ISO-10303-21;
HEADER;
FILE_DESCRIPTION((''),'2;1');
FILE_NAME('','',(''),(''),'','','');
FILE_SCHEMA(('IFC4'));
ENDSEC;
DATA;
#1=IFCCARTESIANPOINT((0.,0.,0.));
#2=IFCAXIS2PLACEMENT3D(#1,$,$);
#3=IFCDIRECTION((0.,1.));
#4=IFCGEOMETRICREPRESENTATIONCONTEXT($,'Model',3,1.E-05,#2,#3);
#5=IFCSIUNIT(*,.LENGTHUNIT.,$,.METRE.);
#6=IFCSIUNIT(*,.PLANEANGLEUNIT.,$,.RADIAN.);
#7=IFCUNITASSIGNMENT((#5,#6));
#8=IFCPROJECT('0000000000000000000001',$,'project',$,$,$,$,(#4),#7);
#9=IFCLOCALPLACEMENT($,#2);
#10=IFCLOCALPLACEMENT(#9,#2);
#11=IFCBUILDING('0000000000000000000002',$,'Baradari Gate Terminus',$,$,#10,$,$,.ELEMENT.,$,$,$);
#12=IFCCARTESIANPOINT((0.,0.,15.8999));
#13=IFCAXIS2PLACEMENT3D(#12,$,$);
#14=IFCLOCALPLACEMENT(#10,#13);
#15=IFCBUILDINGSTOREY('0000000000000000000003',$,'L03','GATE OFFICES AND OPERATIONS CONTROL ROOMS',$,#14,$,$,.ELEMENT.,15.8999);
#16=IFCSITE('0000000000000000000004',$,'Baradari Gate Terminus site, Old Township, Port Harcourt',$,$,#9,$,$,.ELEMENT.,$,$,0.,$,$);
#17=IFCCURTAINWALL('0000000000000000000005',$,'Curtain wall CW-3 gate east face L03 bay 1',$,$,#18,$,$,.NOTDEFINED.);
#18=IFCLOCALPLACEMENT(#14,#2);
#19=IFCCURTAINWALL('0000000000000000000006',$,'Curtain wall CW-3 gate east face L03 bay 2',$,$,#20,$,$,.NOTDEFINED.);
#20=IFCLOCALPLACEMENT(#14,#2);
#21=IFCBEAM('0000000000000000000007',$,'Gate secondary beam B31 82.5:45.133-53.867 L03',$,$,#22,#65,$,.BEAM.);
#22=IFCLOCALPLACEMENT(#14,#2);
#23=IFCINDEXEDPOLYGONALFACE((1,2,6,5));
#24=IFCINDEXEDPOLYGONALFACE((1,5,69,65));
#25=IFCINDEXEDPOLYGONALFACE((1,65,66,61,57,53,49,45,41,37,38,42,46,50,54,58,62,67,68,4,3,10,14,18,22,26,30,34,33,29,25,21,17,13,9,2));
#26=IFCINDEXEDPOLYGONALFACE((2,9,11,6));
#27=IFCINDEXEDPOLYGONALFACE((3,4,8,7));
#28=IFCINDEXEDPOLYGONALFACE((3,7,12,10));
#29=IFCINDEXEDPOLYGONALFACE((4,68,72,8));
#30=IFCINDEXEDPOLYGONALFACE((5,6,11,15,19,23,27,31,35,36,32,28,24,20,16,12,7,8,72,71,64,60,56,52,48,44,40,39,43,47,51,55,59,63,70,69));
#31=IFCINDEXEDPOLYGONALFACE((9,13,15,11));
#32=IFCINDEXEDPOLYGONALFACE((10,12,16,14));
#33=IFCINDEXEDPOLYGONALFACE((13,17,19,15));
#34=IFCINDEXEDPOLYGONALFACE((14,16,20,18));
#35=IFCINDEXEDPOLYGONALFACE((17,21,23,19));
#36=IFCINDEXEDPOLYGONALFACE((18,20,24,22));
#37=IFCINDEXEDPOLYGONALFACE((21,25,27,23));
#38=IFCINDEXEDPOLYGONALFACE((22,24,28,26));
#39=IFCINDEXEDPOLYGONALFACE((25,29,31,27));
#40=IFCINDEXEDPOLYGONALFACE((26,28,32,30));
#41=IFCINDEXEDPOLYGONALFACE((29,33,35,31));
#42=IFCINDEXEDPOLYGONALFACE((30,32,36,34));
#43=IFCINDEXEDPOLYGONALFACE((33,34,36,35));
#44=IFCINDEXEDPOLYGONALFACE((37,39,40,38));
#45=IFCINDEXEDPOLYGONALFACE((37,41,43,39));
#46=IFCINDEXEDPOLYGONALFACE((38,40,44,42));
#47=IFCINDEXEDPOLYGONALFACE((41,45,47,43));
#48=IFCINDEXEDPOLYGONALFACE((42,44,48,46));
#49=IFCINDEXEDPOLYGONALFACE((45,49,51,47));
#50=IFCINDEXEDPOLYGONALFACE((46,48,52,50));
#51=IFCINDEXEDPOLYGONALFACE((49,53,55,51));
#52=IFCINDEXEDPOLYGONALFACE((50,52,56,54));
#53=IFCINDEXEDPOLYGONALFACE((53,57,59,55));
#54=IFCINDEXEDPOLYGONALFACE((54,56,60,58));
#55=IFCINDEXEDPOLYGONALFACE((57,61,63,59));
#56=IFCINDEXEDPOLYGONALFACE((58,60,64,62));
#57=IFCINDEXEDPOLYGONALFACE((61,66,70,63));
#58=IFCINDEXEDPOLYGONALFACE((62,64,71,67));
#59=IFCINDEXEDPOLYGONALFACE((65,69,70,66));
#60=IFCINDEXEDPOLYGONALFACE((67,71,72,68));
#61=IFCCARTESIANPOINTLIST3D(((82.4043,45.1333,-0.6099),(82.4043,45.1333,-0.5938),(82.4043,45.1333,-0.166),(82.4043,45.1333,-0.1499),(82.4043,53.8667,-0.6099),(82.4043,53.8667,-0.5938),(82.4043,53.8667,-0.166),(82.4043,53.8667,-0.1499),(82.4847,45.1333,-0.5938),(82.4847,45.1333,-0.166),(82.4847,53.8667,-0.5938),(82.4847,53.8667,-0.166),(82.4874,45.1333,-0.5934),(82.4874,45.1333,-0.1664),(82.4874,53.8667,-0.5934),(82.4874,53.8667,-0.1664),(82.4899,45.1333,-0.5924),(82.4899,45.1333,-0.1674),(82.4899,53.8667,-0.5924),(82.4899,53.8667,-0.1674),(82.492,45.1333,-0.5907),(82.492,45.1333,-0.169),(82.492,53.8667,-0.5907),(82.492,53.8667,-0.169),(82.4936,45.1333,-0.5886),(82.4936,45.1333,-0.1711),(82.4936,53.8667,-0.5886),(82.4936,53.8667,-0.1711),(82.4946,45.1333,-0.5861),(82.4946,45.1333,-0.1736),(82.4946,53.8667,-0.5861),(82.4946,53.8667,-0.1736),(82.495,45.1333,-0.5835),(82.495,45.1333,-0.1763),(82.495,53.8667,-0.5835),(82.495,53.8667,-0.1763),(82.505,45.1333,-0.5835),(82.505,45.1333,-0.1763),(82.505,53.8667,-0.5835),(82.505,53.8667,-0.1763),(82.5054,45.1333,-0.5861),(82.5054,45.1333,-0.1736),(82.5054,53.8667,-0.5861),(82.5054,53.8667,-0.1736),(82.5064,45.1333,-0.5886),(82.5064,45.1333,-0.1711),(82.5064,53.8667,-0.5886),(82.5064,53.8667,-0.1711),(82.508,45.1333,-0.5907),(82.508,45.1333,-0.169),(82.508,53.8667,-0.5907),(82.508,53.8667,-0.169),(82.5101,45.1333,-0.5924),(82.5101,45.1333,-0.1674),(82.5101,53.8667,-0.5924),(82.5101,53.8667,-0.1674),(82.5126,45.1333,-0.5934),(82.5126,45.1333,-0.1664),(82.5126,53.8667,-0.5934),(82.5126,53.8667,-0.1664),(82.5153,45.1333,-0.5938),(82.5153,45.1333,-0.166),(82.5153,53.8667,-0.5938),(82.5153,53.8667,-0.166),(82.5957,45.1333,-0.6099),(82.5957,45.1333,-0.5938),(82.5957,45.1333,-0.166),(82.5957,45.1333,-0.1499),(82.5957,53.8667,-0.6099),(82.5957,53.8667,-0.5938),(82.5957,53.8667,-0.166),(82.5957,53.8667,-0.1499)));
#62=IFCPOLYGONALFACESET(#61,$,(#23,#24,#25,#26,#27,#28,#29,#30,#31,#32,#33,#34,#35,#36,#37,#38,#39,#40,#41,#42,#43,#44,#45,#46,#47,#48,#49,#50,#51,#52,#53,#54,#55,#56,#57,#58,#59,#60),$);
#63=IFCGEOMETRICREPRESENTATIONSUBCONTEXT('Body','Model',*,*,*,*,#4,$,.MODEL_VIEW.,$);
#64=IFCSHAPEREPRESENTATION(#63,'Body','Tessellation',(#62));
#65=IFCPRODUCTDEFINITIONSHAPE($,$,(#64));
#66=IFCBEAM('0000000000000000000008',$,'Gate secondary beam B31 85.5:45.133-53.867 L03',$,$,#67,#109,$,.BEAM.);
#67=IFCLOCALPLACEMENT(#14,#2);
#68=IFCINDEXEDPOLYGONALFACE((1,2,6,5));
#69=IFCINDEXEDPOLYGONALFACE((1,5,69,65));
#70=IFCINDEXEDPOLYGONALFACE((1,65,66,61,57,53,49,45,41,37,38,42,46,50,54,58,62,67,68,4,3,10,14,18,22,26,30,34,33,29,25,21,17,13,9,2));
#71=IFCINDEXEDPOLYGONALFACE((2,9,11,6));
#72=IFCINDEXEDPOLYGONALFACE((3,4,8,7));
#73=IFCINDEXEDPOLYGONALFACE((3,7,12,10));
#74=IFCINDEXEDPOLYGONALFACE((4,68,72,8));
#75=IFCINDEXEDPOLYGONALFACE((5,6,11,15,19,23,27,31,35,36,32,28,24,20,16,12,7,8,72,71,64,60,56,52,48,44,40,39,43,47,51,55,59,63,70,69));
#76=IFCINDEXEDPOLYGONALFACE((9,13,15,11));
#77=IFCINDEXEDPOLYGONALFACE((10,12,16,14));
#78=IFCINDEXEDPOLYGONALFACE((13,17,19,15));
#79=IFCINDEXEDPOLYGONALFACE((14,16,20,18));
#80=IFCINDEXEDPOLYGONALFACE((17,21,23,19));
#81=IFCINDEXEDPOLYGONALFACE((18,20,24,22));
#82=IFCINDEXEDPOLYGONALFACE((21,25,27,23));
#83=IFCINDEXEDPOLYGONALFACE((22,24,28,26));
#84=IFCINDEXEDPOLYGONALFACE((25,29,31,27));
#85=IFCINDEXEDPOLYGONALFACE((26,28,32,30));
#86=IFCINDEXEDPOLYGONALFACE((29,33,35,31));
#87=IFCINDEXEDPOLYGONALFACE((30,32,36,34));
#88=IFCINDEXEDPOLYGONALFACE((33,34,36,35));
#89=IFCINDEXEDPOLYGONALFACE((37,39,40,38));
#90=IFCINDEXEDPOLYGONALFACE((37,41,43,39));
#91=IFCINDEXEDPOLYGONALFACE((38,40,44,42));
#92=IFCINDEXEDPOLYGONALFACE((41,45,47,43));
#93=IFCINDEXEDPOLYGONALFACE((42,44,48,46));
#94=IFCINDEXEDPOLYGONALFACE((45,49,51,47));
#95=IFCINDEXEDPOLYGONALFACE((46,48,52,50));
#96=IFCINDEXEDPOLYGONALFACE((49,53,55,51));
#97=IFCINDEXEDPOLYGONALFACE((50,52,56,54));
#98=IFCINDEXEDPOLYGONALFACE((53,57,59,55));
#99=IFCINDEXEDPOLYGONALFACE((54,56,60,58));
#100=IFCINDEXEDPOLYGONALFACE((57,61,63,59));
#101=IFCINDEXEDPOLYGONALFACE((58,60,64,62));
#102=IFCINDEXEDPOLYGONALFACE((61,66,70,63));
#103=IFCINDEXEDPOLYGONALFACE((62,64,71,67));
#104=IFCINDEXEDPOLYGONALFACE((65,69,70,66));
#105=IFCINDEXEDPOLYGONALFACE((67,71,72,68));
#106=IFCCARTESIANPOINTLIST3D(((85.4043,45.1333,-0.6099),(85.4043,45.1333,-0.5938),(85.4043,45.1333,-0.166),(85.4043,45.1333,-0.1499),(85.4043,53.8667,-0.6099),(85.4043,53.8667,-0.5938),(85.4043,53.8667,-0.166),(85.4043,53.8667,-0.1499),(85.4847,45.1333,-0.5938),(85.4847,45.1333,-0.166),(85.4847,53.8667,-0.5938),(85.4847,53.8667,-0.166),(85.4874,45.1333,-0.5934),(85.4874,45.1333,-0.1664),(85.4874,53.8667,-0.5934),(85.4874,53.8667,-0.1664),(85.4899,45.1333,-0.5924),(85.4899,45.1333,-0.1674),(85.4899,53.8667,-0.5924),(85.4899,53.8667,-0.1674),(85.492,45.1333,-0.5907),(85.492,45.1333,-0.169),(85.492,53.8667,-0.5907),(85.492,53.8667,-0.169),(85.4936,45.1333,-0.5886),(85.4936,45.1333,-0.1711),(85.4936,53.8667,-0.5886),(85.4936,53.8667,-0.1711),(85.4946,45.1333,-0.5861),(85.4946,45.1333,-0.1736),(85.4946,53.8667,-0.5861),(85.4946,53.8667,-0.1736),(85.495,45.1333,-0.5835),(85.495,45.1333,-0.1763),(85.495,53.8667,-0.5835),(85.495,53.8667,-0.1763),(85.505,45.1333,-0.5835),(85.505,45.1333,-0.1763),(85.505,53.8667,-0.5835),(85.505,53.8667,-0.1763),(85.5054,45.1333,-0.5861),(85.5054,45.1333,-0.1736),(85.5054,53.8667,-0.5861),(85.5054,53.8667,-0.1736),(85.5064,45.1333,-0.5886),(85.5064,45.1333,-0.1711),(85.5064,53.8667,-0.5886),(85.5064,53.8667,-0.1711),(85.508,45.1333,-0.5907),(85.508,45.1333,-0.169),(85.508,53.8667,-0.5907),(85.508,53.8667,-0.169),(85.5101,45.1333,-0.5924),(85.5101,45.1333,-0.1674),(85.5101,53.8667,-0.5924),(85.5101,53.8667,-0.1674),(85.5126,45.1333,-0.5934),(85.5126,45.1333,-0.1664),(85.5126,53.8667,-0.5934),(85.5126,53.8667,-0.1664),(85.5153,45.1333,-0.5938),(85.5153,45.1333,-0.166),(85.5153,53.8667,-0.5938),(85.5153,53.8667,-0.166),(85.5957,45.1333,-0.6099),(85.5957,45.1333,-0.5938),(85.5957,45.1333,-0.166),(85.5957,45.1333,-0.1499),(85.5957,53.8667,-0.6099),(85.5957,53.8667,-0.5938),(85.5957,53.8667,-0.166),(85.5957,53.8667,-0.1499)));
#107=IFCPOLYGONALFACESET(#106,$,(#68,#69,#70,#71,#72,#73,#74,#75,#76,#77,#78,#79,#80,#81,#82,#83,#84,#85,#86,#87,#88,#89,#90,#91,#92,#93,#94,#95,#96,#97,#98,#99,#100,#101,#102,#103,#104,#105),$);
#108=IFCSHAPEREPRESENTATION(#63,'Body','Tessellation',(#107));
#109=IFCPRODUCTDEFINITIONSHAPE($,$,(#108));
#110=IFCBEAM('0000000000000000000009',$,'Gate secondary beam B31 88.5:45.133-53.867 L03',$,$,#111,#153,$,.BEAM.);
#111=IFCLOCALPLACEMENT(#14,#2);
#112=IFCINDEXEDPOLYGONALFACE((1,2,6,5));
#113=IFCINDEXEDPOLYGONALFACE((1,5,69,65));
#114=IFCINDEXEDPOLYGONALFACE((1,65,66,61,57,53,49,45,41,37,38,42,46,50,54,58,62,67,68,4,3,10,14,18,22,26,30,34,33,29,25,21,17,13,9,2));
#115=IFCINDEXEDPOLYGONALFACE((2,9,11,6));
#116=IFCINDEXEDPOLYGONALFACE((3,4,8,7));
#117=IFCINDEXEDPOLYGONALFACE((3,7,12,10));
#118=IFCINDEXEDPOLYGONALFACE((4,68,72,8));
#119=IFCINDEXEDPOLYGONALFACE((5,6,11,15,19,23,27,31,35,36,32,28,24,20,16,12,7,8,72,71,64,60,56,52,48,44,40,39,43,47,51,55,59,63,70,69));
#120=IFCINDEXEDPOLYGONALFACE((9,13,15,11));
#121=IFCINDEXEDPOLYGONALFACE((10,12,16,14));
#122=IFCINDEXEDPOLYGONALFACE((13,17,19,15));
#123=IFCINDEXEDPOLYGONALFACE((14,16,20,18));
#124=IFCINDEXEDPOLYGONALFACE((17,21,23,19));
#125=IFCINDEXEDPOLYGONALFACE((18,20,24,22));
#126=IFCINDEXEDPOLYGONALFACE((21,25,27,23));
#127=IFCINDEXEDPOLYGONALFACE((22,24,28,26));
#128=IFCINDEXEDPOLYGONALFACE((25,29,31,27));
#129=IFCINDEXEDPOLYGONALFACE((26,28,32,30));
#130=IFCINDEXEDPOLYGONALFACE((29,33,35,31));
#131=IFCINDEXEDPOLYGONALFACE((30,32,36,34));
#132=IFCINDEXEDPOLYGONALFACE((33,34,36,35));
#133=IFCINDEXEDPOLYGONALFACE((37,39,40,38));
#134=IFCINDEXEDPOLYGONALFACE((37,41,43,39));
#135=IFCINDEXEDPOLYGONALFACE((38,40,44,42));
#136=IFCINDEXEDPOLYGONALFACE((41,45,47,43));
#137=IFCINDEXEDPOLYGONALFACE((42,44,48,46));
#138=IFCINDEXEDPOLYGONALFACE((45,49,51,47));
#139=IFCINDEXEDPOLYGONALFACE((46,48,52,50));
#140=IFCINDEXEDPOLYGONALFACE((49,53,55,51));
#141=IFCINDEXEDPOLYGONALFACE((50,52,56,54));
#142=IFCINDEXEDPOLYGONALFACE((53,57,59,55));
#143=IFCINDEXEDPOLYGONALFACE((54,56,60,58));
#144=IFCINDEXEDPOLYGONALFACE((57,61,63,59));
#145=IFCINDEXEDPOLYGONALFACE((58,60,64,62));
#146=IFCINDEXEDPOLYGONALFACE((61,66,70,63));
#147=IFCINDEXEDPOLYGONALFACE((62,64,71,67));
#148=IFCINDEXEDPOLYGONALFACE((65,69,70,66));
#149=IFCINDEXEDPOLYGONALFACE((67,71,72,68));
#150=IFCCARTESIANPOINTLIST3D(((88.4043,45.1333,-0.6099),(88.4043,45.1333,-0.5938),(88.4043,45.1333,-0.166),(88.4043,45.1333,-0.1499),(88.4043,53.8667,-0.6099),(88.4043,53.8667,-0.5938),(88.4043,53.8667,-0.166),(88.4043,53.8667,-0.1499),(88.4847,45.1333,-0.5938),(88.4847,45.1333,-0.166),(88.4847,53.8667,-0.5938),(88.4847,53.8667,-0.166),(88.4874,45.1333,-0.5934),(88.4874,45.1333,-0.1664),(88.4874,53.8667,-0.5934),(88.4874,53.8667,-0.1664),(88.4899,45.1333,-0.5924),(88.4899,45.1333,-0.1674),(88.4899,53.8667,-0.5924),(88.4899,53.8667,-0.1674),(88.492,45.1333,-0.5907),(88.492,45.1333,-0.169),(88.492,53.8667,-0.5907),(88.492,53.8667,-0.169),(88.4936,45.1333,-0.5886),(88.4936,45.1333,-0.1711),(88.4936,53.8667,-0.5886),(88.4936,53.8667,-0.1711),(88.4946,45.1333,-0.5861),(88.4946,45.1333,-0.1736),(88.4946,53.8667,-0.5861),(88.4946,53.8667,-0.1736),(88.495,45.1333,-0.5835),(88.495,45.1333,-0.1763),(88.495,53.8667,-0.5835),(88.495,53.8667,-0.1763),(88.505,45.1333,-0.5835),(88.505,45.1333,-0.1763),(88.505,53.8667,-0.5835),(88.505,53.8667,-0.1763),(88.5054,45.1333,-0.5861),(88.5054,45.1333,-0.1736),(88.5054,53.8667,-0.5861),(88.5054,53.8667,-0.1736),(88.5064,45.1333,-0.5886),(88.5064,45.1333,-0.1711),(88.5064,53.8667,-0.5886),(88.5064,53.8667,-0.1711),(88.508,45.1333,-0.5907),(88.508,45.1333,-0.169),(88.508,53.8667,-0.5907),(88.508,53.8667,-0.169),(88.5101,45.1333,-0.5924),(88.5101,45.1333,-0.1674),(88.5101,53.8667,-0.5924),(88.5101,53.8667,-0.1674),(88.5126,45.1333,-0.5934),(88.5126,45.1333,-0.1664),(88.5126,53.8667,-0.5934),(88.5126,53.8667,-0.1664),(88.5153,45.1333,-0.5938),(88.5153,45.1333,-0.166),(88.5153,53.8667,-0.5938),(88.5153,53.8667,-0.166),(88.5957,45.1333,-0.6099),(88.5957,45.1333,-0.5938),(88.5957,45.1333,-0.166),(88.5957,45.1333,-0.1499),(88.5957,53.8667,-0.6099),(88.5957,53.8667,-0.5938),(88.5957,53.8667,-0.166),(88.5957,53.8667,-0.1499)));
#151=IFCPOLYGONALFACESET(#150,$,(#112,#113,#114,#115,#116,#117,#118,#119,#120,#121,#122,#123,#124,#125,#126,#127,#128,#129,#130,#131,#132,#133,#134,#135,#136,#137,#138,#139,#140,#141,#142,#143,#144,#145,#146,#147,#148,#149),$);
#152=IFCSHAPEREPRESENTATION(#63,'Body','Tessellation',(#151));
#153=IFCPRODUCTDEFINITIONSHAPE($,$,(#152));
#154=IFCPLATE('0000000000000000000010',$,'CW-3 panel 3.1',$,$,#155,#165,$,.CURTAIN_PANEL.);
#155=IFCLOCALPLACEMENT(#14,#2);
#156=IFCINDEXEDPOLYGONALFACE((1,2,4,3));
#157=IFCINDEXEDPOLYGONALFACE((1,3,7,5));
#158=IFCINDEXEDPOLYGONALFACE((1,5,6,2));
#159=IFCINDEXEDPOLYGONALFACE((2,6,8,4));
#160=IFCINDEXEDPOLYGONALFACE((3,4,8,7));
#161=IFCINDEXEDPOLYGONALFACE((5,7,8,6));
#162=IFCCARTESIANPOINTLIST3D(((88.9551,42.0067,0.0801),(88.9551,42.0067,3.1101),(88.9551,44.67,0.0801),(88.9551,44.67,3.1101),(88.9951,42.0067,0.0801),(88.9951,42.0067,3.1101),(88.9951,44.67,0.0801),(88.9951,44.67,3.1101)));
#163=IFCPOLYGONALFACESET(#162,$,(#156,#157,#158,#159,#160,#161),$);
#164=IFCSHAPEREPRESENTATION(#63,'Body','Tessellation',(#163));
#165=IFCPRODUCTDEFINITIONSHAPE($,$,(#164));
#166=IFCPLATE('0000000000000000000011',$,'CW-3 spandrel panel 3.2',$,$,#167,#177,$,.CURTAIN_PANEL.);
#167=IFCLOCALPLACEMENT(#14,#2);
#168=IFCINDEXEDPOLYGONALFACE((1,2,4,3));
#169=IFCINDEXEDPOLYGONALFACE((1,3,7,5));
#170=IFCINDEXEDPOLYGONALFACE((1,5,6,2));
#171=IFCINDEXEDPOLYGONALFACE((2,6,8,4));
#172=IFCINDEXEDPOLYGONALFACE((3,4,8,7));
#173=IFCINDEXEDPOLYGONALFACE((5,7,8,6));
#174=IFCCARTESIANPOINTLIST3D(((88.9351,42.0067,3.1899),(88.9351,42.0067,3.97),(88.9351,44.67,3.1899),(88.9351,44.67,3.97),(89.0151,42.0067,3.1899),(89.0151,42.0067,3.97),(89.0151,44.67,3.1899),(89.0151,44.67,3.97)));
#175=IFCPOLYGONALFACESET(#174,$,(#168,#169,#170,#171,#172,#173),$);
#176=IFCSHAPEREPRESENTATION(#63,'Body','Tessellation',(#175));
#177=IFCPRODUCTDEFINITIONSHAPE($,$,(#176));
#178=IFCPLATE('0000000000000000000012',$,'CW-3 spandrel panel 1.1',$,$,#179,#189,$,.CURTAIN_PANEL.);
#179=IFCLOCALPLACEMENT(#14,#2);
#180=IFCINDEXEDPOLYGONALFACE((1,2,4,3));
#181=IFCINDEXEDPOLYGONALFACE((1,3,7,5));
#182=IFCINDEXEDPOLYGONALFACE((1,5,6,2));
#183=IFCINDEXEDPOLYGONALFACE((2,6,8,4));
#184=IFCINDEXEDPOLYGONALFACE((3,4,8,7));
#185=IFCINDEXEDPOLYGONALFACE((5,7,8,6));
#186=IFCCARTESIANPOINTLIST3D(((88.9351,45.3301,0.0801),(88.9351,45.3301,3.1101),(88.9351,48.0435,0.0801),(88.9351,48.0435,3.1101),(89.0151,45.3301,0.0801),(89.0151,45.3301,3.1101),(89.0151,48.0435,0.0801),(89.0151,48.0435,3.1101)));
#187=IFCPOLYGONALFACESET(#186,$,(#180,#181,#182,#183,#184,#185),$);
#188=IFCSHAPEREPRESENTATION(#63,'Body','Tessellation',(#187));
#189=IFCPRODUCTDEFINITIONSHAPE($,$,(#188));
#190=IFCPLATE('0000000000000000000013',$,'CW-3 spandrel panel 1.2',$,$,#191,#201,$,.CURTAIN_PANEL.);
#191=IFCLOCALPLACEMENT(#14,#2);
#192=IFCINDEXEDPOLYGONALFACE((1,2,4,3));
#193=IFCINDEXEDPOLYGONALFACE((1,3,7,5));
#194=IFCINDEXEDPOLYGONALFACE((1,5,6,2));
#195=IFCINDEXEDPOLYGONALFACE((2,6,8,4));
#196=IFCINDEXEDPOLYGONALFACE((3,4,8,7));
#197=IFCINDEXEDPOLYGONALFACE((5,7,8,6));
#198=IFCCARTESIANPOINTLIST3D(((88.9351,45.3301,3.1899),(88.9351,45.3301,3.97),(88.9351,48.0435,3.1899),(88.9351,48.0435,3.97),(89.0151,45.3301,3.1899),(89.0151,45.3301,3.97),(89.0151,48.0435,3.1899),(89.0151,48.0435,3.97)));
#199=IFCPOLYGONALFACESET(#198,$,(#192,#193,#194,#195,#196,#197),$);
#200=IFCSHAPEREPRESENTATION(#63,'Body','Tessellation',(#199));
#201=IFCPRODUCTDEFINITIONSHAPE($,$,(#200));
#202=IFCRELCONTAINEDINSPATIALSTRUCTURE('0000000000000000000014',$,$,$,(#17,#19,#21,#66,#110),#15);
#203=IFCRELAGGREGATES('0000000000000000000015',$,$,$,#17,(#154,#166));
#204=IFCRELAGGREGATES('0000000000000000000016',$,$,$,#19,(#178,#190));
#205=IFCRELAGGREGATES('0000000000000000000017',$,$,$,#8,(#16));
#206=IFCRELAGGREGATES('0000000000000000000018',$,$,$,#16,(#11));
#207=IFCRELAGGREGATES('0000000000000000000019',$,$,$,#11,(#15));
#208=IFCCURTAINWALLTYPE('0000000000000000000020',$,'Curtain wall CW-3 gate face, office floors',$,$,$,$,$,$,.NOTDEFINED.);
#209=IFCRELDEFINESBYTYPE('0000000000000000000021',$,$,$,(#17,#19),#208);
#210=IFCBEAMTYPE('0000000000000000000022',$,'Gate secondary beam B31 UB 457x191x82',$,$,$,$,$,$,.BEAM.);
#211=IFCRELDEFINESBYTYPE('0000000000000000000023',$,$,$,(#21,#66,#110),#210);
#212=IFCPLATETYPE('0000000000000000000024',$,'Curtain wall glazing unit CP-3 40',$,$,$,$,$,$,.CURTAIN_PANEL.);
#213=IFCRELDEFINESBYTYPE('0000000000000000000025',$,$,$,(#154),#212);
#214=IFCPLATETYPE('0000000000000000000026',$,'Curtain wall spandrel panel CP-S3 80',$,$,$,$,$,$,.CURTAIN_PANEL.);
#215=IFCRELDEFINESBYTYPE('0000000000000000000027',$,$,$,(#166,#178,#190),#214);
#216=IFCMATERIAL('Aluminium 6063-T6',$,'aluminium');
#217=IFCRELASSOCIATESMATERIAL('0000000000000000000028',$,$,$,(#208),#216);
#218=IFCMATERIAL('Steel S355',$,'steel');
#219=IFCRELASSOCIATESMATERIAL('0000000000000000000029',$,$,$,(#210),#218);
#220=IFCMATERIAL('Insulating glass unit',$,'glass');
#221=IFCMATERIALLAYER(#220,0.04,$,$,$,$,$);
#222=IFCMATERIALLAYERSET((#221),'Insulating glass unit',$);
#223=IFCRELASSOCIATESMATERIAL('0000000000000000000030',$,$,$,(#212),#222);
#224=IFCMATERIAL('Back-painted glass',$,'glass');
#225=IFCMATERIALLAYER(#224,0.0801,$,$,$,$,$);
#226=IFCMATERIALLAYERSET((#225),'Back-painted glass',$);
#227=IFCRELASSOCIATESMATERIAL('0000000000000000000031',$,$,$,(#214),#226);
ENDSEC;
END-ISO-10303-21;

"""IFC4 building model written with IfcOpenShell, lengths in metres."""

from ifc_helpers import new_model, si_unit, direction, frame, origin, origin_2d, place, context, subcontext, project, spatial, rectangle, i_section, extrude, material, layer, layer_set, material_profile, profile_set, type_object, element, aggregate, save


model = new_model("IFC4")

# Units and contexts
model_context = context("Model", 3, precision=1e-05, world=origin(), true_north=direction((0.0, 1.0)))
body_context = subcontext(model_context, "Body", "Model", "MODEL_VIEW")
ifc_project = project(units=[si_unit("LENGTHUNIT", "METRE"), si_unit("PLANEANGLEUNIT", "RADIAN")], contexts=[model_context])

# Site, building, storey
site_placement = place(None, origin())
site = spatial("IfcSite", under=ifc_project, at=site_placement, Name="Baradari Gate Terminus site, Old Township, Port Harcourt", CompositionType="ELEMENT", RefElevation=0.0)
building_placement = place(site_placement, origin())
building = spatial("IfcBuilding", under=site, at=building_placement, Name="Baradari Gate Terminus", CompositionType="ELEMENT")
storey_placement = place(building_placement, frame((0.0, 0.0, 15.8999)))
storey = spatial("IfcBuildingStorey", under=building, at=storey_placement, Name="L03", Description="GATE OFFICES AND OPERATIONS CONTROL ROOMS", CompositionType="ELEMENT", Elevation=15.8999)

# Curtain wall
ifc_material_1 = material(Name="Aluminium 6063-T6", Category="aluminium")
curtain_wall_type = type_object("IfcCurtainWallType", Name="Curtain wall CW-3 gate face, office floors", PredefinedType="NOTDEFINED", material=ifc_material_1)
curtain_wall_1_placement = place(storey_placement, origin())
curtain_wall_1 = element("IfcCurtainWall", 1, at=curtain_wall_1_placement, inside=storey, type_object=curtain_wall_type, Name="Curtain wall CW-3 gate east face L03 bay 1", PredefinedType="NOTDEFINED")

# Curtain wall
curtain_wall_2_placement = place(storey_placement, origin())
curtain_wall_2 = element("IfcCurtainWall", 2, at=curtain_wall_2_placement, inside=storey, type_object=curtain_wall_type, Name="Curtain wall CW-3 gate east face L03 bay 2", PredefinedType="NOTDEFINED")

# Beams
ifc_material_2 = material(Name="Steel S355", Category="steel")
ifc_material_profile_1 = material_profile(ifc_material_2, i_section(OverallWidth=0.1914, OverallDepth=0.46, WebThickness=0.01, FlangeThickness=0.0161, FilletRadius=0.0103, at=origin_2d()), Name="UB 457x191x82")
ifc_profile_set_1 = profile_set([ifc_material_profile_1], Name="Steel S355")
beam_type = type_object("IfcBeamType", Name="Gate secondary beam B31 UB 457x191x82", PredefinedType="BEAM", material=ifc_profile_set_1)
for number, where, z_axis, x_axis, name in (
    (3, (82.5, 45.1333, -0.3799), (0.0, 1.0, 0.0), (-1.0, 0.0, 0.0), "Gate secondary beam B31 82.5:45.133-53.867 L03"),
    (4, (85.5, 45.1333, -0.3799), (0.0, 1.0, 0.0), (-1.0, 0.0, 0.0), "Gate secondary beam B31 85.5:45.133-53.867 L03"),
    (5, (88.5, 45.1333, -0.3799), (0.0, 1.0, 0.0), (-1.0, 0.0, 0.0), "Gate secondary beam B31 88.5:45.133-53.867 L03"),
):
    element("IfcBeam", number, at=place(storey_placement, frame(where, z_axis=z_axis, x_axis=x_axis)), inside=storey, type_object=beam_type, Name=name, PredefinedType="BEAM", context=body_context, shape_type="SweptSolid", body=[
        extrude(i_section(OverallWidth=0.1914, OverallDepth=0.46, WebThickness=0.01, FlangeThickness=0.0161, FilletRadius=0.0103, at=origin_2d()), origin(), (0.0, 0.0, 1.0), 8.7334),
    ])

# Plates
ifc_material_3 = material(Name="Insulating glass unit", Category="glass")
ifc_layer_1 = layer(ifc_material_3, 0.04)
ifc_layer_set_1 = layer_set([ifc_layer_1], Name="Insulating glass unit")
plate_type_1 = type_object("IfcPlateType", Name="Curtain wall glazing unit CP-3 40", PredefinedType="CURTAIN_PANEL", material=ifc_layer_set_1)
plate_1_placement = place(storey_placement, frame((88.9751, 43.3384, 0.0801), z_axis=(0.0, 0.0, 1.0), x_axis=(0.0, 1.0, 0.0)))
plate_1 = element("IfcPlate", 6, at=plate_1_placement, type_object=plate_type_1, Name="CW-3 panel 3.1", PredefinedType="CURTAIN_PANEL", context=body_context, shape_type="SweptSolid", body=[
    extrude(rectangle(XDim=2.6633, YDim=0.04, at=origin_2d()), origin(), (0.0, 0.0, 1.0), 3.03),
])
ifc_material_4 = material(Name="Back-painted glass", Category="glass")
ifc_layer_2 = layer(ifc_material_4, 0.0801)
ifc_layer_set_2 = layer_set([ifc_layer_2], Name="Back-painted glass")
plate_type_2 = type_object("IfcPlateType", Name="Curtain wall spandrel panel CP-S3 80", PredefinedType="CURTAIN_PANEL", material=ifc_layer_set_2)
plate_2_placement = place(storey_placement, frame((88.9751, 43.3384, 3.1899), z_axis=(0.0, 0.0, 1.0), x_axis=(0.0, 1.0, 0.0)))
plate_2 = element("IfcPlate", 7, at=plate_2_placement, type_object=plate_type_2, Name="CW-3 spandrel panel 3.2", PredefinedType="CURTAIN_PANEL", context=body_context, shape_type="SweptSolid", body=[
    extrude(rectangle(XDim=2.6633, YDim=0.0801, at=origin_2d()), origin(), (0.0, 0.0, 1.0), 0.78),
])
aggregate(curtain_wall_1, [plate_1, plate_2])
plate_3_placement = place(storey_placement, frame((88.9751, 46.6868, 0.0801), z_axis=(0.0, 0.0, 1.0), x_axis=(0.0, 1.0, 0.0)))
plate_3 = element("IfcPlate", 8, at=plate_3_placement, type_object=plate_type_2, Name="CW-3 spandrel panel 1.1", PredefinedType="CURTAIN_PANEL", context=body_context, shape_type="SweptSolid", body=[
    extrude(rectangle(XDim=2.7134, YDim=0.0801, at=origin_2d()), origin(), (0.0, 0.0, 1.0), 3.03),
])
plate_4_placement = place(storey_placement, frame((88.9751, 46.6868, 3.1899), z_axis=(0.0, 0.0, 1.0), x_axis=(0.0, 1.0, 0.0)))
plate_4 = element("IfcPlate", 9, at=plate_4_placement, type_object=plate_type_2, Name="CW-3 spandrel panel 1.2", PredefinedType="CURTAIN_PANEL", context=body_context, shape_type="SweptSolid", body=[
    extrude(rectangle(XDim=2.7134, YDim=0.0801, at=origin_2d()), origin(), (0.0, 0.0, 1.0), 0.78),
])
aggregate(curtain_wall_2, [plate_3, plate_4])

save(model, "model.ifc")
